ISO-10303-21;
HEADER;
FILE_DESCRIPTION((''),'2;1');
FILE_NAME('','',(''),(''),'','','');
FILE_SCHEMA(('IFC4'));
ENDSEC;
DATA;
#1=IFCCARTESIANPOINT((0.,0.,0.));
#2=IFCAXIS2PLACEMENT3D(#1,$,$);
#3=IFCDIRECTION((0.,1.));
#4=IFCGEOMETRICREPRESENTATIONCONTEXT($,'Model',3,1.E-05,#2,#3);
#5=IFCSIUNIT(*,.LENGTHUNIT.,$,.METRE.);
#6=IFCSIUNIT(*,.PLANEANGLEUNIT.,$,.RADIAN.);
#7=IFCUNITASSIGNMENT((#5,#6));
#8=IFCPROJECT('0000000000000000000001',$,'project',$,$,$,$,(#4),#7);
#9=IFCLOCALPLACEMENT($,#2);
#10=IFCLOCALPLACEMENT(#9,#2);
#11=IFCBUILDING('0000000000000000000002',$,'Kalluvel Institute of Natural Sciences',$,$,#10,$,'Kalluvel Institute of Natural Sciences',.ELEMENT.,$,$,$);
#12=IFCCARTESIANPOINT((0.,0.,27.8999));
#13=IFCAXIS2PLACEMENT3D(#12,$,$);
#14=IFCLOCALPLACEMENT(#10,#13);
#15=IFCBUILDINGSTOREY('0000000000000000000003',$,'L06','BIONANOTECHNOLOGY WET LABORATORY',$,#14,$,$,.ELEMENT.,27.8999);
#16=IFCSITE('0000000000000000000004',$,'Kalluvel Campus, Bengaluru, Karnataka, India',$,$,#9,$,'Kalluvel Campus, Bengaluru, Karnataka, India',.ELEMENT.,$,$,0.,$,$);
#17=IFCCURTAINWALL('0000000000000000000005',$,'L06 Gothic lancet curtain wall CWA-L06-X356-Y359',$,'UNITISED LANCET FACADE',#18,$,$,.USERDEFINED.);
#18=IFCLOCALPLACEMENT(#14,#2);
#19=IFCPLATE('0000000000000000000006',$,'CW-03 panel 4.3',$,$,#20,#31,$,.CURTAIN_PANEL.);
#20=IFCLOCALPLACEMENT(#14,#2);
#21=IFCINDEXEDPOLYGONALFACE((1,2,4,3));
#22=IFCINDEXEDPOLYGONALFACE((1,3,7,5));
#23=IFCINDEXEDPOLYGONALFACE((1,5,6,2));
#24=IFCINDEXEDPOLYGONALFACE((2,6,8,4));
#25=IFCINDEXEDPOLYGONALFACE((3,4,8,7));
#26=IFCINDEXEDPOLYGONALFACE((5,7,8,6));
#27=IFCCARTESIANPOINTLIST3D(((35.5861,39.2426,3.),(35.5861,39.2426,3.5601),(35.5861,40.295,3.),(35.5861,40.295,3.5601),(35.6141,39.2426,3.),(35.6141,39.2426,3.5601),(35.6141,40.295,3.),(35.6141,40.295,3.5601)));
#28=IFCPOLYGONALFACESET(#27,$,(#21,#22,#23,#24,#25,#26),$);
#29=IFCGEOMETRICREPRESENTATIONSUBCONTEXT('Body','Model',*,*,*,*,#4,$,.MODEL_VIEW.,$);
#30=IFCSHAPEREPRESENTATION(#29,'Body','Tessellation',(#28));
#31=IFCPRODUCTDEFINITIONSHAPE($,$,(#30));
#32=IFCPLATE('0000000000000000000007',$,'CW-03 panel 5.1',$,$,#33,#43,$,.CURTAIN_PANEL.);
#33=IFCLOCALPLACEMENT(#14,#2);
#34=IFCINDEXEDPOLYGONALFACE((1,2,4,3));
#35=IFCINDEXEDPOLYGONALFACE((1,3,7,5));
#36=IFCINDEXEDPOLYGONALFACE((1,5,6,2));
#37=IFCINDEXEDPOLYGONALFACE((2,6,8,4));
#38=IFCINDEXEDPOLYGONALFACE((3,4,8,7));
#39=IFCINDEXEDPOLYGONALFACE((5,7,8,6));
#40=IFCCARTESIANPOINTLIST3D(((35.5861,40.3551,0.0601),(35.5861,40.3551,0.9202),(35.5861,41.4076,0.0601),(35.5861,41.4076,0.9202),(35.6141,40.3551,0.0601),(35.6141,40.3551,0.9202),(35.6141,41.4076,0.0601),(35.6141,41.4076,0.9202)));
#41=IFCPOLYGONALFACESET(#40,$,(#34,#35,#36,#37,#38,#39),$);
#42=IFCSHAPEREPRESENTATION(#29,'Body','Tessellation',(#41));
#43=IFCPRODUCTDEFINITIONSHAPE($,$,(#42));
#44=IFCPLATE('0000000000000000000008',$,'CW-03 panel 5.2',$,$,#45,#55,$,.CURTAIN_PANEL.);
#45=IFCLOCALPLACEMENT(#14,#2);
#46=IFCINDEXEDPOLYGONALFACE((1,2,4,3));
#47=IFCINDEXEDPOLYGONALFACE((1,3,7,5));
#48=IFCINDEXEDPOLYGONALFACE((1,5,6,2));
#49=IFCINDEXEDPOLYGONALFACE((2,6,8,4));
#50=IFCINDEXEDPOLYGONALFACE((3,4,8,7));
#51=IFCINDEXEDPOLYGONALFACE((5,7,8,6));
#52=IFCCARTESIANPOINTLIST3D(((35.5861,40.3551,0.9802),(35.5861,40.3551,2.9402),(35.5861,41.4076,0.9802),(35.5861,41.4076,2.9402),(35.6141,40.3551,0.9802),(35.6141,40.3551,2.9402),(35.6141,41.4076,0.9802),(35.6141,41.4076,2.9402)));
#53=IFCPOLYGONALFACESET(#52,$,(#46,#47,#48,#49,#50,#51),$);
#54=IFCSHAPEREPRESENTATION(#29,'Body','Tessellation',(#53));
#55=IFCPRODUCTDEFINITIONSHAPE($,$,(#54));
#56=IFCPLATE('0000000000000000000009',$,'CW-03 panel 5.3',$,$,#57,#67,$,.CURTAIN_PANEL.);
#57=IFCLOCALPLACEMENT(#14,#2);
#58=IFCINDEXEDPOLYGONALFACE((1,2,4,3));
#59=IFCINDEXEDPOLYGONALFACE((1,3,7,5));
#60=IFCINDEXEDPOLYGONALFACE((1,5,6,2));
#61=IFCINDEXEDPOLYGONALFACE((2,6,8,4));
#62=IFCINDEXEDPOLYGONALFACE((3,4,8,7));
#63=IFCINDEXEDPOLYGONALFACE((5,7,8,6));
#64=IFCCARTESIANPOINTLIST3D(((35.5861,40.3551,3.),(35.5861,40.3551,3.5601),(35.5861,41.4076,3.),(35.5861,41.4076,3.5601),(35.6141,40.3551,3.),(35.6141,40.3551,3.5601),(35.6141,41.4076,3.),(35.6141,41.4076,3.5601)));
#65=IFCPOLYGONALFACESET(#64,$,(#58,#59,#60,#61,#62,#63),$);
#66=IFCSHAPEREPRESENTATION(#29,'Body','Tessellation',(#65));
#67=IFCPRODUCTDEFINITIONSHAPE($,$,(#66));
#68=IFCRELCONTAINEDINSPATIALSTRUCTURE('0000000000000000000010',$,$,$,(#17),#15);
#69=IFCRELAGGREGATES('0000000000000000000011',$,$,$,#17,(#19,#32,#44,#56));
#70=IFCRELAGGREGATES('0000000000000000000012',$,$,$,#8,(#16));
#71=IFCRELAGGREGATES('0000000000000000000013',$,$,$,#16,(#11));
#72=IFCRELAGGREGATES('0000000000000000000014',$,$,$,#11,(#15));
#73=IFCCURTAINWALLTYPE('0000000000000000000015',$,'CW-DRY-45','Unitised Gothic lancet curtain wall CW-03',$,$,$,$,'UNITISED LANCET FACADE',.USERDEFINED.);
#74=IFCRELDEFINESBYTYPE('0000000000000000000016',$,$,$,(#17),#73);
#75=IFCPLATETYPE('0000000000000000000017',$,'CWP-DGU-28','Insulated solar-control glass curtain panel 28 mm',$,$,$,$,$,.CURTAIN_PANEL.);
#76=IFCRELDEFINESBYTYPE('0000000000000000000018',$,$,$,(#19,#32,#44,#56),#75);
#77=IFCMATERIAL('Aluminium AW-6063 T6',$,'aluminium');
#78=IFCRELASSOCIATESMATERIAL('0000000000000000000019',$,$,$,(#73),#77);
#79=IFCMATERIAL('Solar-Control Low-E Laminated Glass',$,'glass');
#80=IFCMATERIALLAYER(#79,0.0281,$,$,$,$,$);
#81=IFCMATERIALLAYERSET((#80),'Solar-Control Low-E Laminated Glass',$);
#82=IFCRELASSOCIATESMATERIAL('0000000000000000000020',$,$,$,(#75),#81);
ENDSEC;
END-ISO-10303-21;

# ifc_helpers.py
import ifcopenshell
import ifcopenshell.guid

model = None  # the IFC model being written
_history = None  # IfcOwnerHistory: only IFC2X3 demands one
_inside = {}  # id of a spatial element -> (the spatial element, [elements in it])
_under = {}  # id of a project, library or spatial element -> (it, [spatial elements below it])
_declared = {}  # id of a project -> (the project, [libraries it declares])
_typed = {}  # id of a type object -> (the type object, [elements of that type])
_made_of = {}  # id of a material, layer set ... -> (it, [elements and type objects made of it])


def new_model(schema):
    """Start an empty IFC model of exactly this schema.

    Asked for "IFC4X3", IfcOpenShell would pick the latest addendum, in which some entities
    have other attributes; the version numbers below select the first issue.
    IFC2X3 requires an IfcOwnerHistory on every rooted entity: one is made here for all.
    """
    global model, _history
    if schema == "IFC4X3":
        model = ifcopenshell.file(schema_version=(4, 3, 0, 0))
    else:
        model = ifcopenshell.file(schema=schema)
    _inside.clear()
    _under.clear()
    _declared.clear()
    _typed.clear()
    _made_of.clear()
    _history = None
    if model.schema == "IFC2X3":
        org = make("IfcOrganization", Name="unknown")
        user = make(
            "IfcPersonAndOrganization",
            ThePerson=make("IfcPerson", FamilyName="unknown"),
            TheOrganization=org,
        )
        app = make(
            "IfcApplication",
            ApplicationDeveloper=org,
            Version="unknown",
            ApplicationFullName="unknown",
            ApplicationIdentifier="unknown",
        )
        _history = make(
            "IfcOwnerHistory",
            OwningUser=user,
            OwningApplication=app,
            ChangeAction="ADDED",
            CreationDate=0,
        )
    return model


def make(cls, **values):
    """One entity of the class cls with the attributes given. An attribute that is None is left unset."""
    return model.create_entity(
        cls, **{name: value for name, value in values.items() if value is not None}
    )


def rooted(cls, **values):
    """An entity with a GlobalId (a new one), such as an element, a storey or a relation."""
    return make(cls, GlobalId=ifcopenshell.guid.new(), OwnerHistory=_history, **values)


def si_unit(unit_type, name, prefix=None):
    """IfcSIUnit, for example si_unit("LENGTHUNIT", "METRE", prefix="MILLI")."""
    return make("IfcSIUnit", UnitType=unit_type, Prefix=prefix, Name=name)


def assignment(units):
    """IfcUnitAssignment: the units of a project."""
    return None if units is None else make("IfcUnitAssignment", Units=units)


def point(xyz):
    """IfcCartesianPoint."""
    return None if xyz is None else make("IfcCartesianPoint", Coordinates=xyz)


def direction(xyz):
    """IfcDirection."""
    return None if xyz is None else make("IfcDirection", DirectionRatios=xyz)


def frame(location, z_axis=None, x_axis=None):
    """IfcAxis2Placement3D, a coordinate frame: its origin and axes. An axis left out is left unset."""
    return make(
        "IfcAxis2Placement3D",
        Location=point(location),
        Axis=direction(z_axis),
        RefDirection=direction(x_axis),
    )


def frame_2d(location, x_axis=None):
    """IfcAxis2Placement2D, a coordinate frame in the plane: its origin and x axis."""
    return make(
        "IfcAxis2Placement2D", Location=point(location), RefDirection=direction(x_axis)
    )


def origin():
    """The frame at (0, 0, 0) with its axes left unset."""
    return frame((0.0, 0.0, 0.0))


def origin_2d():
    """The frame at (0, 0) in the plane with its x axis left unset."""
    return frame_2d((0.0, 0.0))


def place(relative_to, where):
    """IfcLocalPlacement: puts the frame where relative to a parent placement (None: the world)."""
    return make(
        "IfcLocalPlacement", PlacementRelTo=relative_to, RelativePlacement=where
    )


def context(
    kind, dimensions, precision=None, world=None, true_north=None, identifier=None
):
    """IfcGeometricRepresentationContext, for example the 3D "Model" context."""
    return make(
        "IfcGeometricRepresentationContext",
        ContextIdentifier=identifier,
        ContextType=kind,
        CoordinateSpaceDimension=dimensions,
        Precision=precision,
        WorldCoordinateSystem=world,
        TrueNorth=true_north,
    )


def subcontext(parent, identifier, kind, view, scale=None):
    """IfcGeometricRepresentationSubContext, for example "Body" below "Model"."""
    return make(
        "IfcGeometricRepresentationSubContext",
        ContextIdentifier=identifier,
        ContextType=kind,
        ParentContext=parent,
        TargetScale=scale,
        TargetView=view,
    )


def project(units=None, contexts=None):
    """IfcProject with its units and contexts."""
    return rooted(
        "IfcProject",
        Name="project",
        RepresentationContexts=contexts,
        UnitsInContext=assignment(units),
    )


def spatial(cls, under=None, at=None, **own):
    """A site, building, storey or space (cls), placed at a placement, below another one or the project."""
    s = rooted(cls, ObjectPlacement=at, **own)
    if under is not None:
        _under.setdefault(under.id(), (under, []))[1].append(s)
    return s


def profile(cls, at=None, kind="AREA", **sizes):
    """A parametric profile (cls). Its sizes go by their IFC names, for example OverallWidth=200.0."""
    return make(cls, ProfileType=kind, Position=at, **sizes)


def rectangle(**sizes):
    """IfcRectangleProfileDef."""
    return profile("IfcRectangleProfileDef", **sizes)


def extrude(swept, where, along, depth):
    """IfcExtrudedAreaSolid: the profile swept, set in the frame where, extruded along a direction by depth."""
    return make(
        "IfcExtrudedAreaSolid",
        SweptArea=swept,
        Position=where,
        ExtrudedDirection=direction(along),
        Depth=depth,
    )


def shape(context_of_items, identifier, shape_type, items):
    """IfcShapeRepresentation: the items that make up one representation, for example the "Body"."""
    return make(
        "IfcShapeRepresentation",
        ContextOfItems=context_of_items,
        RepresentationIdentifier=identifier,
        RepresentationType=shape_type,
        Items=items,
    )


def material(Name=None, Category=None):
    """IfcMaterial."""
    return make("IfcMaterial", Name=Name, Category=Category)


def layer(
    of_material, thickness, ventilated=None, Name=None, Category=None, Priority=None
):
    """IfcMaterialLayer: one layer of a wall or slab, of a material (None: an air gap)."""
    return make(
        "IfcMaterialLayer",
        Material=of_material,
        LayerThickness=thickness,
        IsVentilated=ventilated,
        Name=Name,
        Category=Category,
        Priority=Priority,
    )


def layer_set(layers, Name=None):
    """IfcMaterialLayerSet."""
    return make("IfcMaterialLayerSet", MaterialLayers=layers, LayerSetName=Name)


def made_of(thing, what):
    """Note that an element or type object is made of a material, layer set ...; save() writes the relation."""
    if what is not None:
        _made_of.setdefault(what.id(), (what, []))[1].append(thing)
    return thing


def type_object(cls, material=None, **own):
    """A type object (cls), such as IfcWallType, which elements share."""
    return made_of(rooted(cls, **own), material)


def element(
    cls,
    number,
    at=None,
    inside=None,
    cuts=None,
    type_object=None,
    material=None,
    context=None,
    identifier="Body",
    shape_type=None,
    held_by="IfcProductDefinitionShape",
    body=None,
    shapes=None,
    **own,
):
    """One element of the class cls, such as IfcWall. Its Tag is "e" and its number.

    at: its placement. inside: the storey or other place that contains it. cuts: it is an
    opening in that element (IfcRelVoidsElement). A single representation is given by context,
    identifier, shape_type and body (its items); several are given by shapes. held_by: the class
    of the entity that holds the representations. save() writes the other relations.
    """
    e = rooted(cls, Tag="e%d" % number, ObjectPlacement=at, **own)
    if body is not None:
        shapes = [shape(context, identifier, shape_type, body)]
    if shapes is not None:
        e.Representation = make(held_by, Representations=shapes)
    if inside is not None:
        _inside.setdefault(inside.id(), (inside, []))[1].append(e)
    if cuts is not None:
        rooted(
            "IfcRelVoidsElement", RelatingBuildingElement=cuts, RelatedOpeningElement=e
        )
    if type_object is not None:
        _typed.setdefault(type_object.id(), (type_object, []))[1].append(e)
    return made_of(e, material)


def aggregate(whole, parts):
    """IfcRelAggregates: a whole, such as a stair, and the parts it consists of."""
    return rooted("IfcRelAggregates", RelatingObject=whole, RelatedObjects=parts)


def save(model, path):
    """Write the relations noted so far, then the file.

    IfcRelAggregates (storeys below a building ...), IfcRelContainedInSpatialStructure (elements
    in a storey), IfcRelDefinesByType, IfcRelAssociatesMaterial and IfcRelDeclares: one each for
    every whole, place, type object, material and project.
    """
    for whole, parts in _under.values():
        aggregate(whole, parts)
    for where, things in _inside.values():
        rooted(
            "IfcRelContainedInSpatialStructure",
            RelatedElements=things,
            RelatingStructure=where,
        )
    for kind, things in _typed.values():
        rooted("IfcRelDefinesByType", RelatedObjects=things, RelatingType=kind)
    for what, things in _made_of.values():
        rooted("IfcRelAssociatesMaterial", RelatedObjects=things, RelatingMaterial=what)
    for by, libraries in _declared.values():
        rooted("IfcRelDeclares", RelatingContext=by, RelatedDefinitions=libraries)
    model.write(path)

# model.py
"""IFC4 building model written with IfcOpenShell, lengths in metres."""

from ifc_helpers import new_model, si_unit, direction, frame, origin, origin_2d, place, context, subcontext, project, spatial, rectangle, extrude, material, layer, layer_set, type_object, element, aggregate, save


model = new_model("IFC4")

# Units and contexts
model_context = context("Model", 3, precision=1e-05, world=origin(), true_north=direction((0.0, 1.0)))
body_context = subcontext(model_context, "Body", "Model", "MODEL_VIEW")
ifc_project = project(units=[si_unit("LENGTHUNIT", "METRE"), si_unit("PLANEANGLEUNIT", "RADIAN")], contexts=[model_context])

# Site, building, storey
site_placement = place(None, origin())
site = spatial("IfcSite", under=ifc_project, at=site_placement, Name="Kalluvel Campus, Bengaluru, Karnataka, India", LongName="Kalluvel Campus, Bengaluru, Karnataka, India", CompositionType="ELEMENT", RefElevation=0.0)
building_placement = place(site_placement, origin())
building = spatial("IfcBuilding", under=site, at=building_placement, Name="Kalluvel Institute of Natural Sciences", LongName="Kalluvel Institute of Natural Sciences", CompositionType="ELEMENT")
storey_placement = place(building_placement, frame((0.0, 0.0, 27.8999)))
storey = spatial("IfcBuildingStorey", under=building, at=storey_placement, Name="L06", Description="BIONANOTECHNOLOGY WET LABORATORY", CompositionType="ELEMENT", Elevation=27.8999)

# Curtain wall, plates
ifc_material_1 = material(Name="Aluminium AW-6063 T6", Category="aluminium")
curtain_wall_type = type_object("IfcCurtainWallType", Name="CW-DRY-45", Description="Unitised Gothic lancet curtain wall CW-03", ElementType="UNITISED LANCET FACADE", PredefinedType="USERDEFINED", material=ifc_material_1)
curtain_wall_placement = place(storey_placement, origin())
curtain_wall = element("IfcCurtainWall", 1, at=curtain_wall_placement, inside=storey, type_object=curtain_wall_type, Name="L06 Gothic lancet curtain wall CWA-L06-X356-Y359", ObjectType="UNITISED LANCET FACADE", PredefinedType="USERDEFINED")
ifc_material_2 = material(Name="Solar-Control Low-E Laminated Glass", Category="glass")
ifc_layer = layer(ifc_material_2, 0.0281)
ifc_layer_set = layer_set([ifc_layer], Name="Solar-Control Low-E Laminated Glass")
plate_type = type_object("IfcPlateType", Name="CWP-DGU-28", Description="Insulated solar-control glass curtain panel 28 mm", PredefinedType="CURTAIN_PANEL", material=ifc_layer_set)
plate_1_placement = place(storey_placement, frame((35.6001, 39.7688, 3.0), z_axis=(0.0, 0.0, 1.0), x_axis=(0.0, 1.0, 0.0)))
plate_1 = element("IfcPlate", 2, at=plate_1_placement, type_object=plate_type, Name="CW-03 panel 4.3", PredefinedType="CURTAIN_PANEL", context=body_context, shape_type="SweptSolid", body=[
    extrude(rectangle(XDim=1.0525, YDim=0.0281, at=origin_2d()), origin(), (0.0, 0.0, 1.0), 0.5601),
])
plate_2_placement = place(storey_placement, frame((35.6001, 40.8813, 0.0601), z_axis=(0.0, 0.0, 1.0), x_axis=(0.0, 1.0, 0.0)))
plate_2 = element("IfcPlate", 3, at=plate_2_placement, type_object=plate_type, Name="CW-03 panel 5.1", PredefinedType="CURTAIN_PANEL", context=body_context, shape_type="SweptSolid", body=[
    extrude(rectangle(XDim=1.0525, YDim=0.0281, at=origin_2d()), origin(), (0.0, 0.0, 1.0), 0.8601),
])
plate_3_placement = place(storey_placement, frame((35.6001, 40.8813, 0.9802), z_axis=(0.0, 0.0, 1.0), x_axis=(0.0, 1.0, 0.0)))
plate_3 = element("IfcPlate", 4, at=plate_3_placement, type_object=plate_type, Name="CW-03 panel 5.2", PredefinedType="CURTAIN_PANEL", context=body_context, shape_type="SweptSolid", body=[
    extrude(rectangle(XDim=1.0525, YDim=0.0281, at=origin_2d()), origin(), (0.0, 0.0, 1.0), 1.96),
])
plate_4_placement = place(storey_placement, frame((35.6001, 40.8813, 3.0), z_axis=(0.0, 0.0, 1.0), x_axis=(0.0, 1.0, 0.0)))
plate_4 = element("IfcPlate", 5, at=plate_4_placement, type_object=plate_type, Name="CW-03 panel 5.3", PredefinedType="CURTAIN_PANEL", context=body_context, shape_type="SweptSolid", body=[
    extrude(rectangle(XDim=1.0525, YDim=0.0281, at=origin_2d()), origin(), (0.0, 0.0, 1.0), 0.5601),
])
aggregate(curtain_wall, [plate_1, plate_2, plate_3, plate_4])

save(model, "model.ifc")
